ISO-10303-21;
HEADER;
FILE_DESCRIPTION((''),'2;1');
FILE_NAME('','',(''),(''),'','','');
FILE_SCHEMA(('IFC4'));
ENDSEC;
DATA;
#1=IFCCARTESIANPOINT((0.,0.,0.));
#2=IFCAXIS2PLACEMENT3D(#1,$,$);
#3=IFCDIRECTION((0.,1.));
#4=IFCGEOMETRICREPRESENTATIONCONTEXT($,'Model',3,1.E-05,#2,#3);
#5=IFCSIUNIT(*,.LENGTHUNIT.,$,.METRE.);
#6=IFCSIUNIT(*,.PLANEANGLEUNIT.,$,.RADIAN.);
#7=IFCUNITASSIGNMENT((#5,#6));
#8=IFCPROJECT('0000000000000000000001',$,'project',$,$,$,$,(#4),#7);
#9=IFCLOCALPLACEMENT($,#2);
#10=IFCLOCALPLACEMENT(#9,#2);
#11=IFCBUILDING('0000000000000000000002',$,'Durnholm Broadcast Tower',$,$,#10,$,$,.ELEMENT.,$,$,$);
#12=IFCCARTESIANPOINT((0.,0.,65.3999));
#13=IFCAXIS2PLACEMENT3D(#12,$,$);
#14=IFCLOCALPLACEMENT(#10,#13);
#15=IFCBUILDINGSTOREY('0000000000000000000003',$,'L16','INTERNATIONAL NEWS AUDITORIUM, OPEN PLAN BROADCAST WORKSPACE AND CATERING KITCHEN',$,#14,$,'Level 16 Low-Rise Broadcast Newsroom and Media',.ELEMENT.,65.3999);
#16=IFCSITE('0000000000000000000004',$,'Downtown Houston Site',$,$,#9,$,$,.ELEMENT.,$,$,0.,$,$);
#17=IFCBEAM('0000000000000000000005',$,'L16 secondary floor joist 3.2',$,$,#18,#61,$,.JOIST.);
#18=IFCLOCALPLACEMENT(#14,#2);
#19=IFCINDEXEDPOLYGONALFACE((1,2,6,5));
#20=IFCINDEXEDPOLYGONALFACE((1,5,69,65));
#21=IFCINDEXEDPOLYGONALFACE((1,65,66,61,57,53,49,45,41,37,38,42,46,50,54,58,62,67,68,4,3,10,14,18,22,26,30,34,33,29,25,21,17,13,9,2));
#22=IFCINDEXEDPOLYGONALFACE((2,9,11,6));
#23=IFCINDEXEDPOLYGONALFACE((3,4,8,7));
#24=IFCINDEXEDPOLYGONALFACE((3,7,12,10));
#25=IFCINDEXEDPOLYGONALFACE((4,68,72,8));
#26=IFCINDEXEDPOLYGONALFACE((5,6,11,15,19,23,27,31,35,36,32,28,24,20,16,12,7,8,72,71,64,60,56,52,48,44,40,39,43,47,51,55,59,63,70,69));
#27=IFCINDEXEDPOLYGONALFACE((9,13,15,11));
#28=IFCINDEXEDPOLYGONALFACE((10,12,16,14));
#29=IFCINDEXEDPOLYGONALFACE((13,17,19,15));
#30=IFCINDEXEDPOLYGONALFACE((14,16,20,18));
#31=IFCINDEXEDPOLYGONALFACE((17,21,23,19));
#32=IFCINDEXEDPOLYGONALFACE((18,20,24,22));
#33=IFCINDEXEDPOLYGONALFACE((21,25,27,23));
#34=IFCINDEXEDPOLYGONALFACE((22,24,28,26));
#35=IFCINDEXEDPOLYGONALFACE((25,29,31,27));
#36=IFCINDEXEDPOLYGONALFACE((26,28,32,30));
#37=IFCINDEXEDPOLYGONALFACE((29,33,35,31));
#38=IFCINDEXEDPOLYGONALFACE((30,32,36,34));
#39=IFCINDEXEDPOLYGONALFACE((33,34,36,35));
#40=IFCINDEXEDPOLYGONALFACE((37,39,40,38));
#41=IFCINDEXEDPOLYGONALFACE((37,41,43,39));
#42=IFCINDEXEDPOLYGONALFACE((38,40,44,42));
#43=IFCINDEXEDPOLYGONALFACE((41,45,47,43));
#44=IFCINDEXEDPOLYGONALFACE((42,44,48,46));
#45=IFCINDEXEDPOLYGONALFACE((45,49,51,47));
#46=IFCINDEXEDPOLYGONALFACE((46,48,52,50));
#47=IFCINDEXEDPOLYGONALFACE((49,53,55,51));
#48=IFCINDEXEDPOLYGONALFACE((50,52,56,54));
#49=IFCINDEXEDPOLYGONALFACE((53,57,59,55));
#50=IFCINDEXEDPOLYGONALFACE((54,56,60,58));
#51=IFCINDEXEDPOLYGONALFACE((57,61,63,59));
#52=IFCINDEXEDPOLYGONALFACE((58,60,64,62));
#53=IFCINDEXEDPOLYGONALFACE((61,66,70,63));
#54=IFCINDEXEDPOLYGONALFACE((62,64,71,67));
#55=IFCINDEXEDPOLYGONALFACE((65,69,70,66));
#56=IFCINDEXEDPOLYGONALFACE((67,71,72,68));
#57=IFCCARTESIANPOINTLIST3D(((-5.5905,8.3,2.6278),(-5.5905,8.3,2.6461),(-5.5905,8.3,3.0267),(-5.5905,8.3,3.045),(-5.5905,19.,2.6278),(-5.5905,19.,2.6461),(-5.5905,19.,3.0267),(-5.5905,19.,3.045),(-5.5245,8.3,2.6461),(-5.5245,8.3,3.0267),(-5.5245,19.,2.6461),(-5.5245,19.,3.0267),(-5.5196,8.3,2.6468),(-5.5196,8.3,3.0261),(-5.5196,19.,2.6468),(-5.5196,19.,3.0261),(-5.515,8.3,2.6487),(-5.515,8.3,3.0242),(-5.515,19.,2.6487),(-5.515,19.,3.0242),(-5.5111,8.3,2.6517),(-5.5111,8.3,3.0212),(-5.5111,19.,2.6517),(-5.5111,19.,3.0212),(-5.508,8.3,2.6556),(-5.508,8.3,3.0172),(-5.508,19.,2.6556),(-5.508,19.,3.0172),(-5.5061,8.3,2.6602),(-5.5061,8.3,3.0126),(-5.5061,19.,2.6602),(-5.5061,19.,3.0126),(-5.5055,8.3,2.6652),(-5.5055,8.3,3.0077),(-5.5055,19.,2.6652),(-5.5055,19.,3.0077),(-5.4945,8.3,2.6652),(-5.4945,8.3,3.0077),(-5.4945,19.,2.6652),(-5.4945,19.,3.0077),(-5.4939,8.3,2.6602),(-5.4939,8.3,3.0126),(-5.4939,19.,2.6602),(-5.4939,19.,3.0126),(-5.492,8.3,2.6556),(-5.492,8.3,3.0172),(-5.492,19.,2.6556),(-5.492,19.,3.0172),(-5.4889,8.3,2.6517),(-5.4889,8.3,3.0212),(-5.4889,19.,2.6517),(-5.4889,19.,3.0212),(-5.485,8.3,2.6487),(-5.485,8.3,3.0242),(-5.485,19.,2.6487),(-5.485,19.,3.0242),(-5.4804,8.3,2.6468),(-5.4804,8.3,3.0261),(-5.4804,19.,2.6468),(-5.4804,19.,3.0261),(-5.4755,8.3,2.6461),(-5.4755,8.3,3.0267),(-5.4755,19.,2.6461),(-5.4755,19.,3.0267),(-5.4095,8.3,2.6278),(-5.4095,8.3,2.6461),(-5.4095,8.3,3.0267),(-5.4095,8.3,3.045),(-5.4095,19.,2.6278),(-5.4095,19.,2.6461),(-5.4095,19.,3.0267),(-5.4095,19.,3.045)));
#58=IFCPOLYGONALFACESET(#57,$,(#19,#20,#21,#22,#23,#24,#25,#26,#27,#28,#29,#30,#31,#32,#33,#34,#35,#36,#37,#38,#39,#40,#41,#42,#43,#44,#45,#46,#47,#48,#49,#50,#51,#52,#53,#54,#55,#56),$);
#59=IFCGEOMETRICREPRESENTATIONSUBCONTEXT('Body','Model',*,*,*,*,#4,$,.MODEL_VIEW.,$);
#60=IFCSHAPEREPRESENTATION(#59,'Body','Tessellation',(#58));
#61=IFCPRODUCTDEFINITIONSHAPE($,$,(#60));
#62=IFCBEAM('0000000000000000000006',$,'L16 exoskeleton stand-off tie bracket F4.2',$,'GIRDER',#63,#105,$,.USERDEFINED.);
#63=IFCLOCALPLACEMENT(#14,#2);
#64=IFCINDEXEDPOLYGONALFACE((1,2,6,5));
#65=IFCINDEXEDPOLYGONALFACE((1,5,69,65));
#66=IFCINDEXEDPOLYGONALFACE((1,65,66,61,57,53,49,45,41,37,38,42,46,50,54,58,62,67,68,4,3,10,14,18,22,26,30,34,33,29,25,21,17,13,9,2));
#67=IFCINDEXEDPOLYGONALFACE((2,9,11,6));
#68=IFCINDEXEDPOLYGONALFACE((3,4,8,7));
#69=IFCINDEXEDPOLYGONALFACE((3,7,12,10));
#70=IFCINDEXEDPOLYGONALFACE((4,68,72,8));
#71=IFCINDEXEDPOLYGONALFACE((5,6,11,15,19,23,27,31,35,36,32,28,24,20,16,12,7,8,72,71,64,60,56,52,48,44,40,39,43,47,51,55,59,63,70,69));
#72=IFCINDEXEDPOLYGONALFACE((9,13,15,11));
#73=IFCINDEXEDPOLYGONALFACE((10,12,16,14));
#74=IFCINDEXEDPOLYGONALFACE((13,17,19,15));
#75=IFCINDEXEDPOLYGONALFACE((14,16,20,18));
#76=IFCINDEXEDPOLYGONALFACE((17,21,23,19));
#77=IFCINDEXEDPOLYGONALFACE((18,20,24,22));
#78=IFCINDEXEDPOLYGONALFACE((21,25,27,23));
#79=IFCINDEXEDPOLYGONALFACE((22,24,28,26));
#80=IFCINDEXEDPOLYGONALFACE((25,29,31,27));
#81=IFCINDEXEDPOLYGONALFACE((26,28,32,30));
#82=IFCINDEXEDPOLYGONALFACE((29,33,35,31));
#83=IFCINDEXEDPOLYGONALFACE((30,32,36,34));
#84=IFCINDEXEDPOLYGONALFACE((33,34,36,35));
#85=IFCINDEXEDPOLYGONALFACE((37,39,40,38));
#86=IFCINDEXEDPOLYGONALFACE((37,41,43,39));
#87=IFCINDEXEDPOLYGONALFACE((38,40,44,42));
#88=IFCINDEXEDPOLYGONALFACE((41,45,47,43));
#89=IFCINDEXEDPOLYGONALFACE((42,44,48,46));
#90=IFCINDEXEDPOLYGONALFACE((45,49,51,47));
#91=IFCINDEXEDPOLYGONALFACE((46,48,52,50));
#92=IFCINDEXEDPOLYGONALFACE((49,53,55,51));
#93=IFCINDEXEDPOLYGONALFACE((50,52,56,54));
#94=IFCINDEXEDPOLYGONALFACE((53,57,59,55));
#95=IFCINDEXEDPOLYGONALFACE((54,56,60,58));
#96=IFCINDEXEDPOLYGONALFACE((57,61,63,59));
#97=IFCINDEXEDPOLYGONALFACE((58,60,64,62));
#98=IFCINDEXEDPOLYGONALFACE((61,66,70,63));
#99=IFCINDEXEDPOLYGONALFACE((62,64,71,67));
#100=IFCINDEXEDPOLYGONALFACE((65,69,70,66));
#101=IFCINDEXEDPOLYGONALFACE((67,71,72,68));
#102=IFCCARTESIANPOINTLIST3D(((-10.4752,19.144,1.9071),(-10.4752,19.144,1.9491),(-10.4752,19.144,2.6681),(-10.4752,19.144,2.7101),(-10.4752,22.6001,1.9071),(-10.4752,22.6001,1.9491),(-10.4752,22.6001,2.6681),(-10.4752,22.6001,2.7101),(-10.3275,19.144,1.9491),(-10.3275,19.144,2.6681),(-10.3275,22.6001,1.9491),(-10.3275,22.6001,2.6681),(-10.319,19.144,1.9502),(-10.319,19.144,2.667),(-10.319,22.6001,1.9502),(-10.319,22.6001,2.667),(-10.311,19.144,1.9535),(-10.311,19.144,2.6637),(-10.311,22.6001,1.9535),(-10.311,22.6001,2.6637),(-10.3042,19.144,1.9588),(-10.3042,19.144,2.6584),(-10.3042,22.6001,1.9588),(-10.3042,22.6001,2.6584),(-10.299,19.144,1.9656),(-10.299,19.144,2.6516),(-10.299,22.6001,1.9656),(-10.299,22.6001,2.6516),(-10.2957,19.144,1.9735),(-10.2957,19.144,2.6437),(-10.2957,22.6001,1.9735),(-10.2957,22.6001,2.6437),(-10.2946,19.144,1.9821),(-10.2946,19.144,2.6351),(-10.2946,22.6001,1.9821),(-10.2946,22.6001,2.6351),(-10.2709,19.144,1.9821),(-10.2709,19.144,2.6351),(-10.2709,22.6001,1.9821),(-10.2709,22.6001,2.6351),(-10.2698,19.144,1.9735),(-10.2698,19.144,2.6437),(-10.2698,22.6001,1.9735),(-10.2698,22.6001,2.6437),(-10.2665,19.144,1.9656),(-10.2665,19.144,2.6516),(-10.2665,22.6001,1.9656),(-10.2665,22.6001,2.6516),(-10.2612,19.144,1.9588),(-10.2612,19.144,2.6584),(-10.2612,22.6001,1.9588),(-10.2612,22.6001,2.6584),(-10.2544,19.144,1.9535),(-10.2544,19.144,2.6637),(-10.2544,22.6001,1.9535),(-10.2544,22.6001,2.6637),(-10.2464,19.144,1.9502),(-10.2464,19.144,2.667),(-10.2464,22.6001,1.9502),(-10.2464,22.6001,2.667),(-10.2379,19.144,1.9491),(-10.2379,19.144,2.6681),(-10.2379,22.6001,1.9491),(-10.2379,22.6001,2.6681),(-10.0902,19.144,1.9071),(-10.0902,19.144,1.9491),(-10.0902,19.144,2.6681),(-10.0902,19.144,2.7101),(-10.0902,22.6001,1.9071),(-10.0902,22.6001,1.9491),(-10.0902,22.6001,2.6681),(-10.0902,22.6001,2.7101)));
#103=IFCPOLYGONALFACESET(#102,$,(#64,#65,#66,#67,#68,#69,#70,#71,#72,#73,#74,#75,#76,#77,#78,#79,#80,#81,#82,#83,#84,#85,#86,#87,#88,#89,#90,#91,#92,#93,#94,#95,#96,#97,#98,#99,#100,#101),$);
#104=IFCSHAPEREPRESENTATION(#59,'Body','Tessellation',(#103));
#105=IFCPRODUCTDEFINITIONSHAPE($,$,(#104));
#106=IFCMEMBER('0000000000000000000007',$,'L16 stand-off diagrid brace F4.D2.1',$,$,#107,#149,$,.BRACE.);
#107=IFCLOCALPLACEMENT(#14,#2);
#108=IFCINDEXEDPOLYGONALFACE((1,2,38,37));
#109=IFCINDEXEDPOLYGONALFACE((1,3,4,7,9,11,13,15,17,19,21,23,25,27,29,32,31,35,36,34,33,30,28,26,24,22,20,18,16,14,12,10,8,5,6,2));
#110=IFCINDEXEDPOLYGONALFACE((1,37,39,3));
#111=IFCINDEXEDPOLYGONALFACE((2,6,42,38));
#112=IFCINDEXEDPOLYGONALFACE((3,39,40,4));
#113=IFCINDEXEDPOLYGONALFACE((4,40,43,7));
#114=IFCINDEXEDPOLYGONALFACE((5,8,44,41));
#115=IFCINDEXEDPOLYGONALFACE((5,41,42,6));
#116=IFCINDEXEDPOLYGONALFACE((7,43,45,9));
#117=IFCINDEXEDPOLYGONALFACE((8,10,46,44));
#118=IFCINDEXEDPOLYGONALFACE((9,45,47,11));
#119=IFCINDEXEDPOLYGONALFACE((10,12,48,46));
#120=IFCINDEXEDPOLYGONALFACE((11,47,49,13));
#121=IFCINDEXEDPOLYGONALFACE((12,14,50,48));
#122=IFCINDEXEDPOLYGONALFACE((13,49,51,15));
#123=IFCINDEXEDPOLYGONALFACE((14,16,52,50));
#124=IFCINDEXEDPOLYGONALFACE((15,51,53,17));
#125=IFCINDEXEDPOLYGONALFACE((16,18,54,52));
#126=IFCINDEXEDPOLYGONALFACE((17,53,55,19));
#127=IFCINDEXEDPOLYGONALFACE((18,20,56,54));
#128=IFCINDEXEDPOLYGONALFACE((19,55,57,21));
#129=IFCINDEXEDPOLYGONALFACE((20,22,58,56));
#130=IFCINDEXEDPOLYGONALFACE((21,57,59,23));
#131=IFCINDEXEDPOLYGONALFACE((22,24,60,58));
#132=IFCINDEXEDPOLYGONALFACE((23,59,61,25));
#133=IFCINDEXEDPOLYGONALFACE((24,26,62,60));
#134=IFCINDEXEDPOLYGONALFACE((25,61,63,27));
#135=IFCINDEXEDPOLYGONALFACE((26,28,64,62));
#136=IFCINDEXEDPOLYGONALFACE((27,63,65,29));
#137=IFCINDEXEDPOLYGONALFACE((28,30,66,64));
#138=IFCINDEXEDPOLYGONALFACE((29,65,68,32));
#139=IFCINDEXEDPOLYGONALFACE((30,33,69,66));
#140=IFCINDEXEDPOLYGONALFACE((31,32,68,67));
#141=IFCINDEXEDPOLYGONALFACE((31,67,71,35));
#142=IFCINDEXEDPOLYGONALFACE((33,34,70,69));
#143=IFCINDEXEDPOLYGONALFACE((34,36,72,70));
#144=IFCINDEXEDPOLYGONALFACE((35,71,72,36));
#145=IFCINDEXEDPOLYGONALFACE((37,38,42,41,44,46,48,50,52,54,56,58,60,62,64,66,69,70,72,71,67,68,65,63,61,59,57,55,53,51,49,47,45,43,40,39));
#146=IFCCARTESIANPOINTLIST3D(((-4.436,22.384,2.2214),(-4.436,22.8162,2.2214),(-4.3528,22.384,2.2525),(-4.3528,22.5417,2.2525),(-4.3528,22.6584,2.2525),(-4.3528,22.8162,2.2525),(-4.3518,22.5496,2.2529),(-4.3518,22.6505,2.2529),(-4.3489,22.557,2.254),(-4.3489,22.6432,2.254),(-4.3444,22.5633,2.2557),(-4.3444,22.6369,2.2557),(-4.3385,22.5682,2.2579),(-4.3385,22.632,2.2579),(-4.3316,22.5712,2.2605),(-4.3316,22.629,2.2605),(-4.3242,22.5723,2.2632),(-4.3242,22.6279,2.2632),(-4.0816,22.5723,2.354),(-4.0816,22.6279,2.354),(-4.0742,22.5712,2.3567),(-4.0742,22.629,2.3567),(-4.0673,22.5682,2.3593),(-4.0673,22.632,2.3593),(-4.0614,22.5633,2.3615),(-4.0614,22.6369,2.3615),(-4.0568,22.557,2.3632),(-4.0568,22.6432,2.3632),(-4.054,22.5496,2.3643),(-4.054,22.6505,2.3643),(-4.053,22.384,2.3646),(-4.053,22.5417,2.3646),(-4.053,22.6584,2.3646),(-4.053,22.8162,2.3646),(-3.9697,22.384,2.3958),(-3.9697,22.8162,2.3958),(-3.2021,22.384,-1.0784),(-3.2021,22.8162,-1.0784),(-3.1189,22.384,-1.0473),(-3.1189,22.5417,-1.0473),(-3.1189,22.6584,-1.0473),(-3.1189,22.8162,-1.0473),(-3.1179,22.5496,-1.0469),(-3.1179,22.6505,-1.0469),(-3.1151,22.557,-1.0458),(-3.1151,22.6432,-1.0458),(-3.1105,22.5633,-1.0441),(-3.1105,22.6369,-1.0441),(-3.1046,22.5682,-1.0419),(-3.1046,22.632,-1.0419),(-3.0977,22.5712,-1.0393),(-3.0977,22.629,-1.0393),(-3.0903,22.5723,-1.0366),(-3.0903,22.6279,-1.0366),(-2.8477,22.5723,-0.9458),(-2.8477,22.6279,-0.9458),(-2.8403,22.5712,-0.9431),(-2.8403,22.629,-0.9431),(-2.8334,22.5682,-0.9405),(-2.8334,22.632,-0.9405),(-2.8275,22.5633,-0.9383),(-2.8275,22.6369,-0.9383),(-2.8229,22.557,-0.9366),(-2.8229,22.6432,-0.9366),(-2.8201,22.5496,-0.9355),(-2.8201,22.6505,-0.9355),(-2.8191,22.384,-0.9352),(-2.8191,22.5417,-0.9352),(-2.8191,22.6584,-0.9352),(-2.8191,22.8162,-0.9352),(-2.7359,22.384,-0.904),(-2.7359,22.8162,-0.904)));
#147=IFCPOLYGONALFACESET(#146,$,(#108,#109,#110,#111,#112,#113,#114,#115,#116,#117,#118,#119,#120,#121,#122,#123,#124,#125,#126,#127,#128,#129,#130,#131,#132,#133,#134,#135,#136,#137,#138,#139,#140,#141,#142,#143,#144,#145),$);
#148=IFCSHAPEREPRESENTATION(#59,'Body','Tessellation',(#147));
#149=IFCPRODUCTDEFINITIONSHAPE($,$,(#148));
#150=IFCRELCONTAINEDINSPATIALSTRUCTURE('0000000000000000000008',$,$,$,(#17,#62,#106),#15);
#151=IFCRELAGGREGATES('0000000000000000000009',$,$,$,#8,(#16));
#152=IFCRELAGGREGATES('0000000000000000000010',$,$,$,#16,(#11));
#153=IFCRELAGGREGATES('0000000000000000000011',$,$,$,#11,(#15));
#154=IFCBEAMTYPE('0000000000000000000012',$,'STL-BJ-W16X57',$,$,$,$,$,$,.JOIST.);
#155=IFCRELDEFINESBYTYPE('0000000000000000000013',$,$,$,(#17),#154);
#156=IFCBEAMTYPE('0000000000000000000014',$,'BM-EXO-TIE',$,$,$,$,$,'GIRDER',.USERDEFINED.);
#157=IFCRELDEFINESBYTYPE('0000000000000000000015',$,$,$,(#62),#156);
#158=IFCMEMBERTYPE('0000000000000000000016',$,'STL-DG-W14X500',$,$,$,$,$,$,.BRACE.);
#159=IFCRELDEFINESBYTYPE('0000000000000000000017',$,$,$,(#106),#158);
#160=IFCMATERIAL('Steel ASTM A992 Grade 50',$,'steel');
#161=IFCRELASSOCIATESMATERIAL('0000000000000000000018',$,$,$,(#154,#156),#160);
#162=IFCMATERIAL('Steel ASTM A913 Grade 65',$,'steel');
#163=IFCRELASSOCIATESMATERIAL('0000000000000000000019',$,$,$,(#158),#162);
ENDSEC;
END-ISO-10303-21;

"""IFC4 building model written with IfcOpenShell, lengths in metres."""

from ifc_helpers import new_model, si_unit, direction, frame, origin, origin_2d, place, context, subcontext, project, spatial, i_section, extrude, source, transform, mapped, material, material_profile, profile_set, type_object, type_shapes, element, save


model = new_model("IFC4")

# Units and contexts
model_context = context("Model", 3, precision=1e-05, world=origin(), true_north=direction((0.0, 1.0)))
body_context = subcontext(model_context, "Body", "Model", "MODEL_VIEW")
ifc_project = project(units=[si_unit("LENGTHUNIT", "METRE"), si_unit("PLANEANGLEUNIT", "RADIAN")], contexts=[model_context])

# Site, building, storey
site_placement = place(None, origin())
site = spatial("IfcSite", under=ifc_project, at=site_placement, Name="Downtown Houston Site", CompositionType="ELEMENT", RefElevation=0.0)
building_placement = place(site_placement, origin())
building = spatial("IfcBuilding", under=site, at=building_placement, Name="Durnholm Broadcast Tower", CompositionType="ELEMENT")
storey_placement = place(building_placement, frame((0.0, 0.0, 65.3999)))
storey = spatial("IfcBuildingStorey", under=building, at=storey_placement, Name="L16", Description="INTERNATIONAL NEWS AUDITORIUM, OPEN PLAN BROADCAST WORKSPACE AND CATERING KITCHEN", LongName="Level 16 Low-Rise Broadcast Newsroom and Media", CompositionType="ELEMENT", Elevation=65.3999)

# Beams
ifc_material_1 = material(Name="Steel ASTM A992 Grade 50", Category="steel")
ifc_material_profile_1 = material_profile(ifc_material_1, i_section(OverallWidth=0.1809, OverallDepth=0.4172, WebThickness=0.011, FlangeThickness=0.0183, FilletRadius=0.019, at=origin_2d()), Name="W16X57")
ifc_profile_set_1 = profile_set([ifc_material_profile_1], Name="Steel ASTM A992 Grade 50")
beam_type_1 = type_object("IfcBeamType", Name="STL-BJ-W16X57", PredefinedType="JOIST", material=ifc_profile_set_1)
shared_shape_1 = source(origin(), body_context, "Body", "SweptSolid", [
    extrude(i_section(OverallWidth=0.1809, OverallDepth=0.4172, WebThickness=0.011, FlangeThickness=0.0183, FilletRadius=0.019, at=origin_2d()), origin(), (0.0, 0.0, 1.0), 10.7),
])
type_shapes(beam_type_1, [shared_shape_1])
beam_1_placement = place(storey_placement, frame((-5.5, 8.3, 2.8364), z_axis=(0.0, 1.0, 0.0), x_axis=(-1.0, 0.0, 0.0)))
element("IfcBeam", 1, at=beam_1_placement, inside=storey, type_object=beam_type_1, Name="L16 secondary floor joist 3.2", PredefinedType="JOIST", context=body_context, shape_type="MappedRepresentation", body=[
    mapped(shared_shape_1, transform((0.0, 0.0, 0.0), x_axis=(1.0, 0.0, 0.0), y_axis=(0.0, 1.0, 0.0), z_axis=(0.0, 0.0, 1.0), scale=1.0)),
])
ifc_material_profile_2 = material_profile(ifc_material_1, i_section(OverallWidth=0.385, OverallDepth=0.803, WebThickness=0.0237, FlangeThickness=0.042, FilletRadius=0.033, at=origin_2d()), Name="W30X261")
ifc_profile_set_2 = profile_set([ifc_material_profile_2], Name="Steel ASTM A992 Grade 50")
beam_type_2 = type_object("IfcBeamType", Name="BM-EXO-TIE", ElementType="GIRDER", PredefinedType="USERDEFINED", material=ifc_profile_set_2)
shared_shape_2 = source(origin(), body_context, "Body", "SweptSolid", [
    extrude(i_section(OverallWidth=0.385, OverallDepth=0.803, WebThickness=0.0237, FlangeThickness=0.042, FilletRadius=0.033, at=origin_2d()), origin(), (0.0, 0.0, 1.0), 3.4561),
])
type_shapes(beam_type_2, [shared_shape_2])
beam_2_placement = place(storey_placement, frame((-10.2827, 19.144, 2.3086), z_axis=(0.0, 1.0, 0.0), x_axis=(-1.0, 0.0, 0.0)))
element("IfcBeam", 2, at=beam_2_placement, inside=storey, type_object=beam_type_2, Name="L16 exoskeleton stand-off tie bracket F4.2", ObjectType="GIRDER", PredefinedType="USERDEFINED", context=body_context, shape_type="MappedRepresentation", body=[
    mapped(shared_shape_2, transform((0.0, 0.0, 0.0), x_axis=(1.0, 0.0, 0.0), y_axis=(0.0, 1.0, 0.0), z_axis=(0.0, 0.0, 1.0), scale=1.0)),
])

# Member
ifc_material_2 = material(Name="Steel ASTM A913 Grade 65", Category="steel")
ifc_material_profile_3 = material_profile(ifc_material_2, i_section(OverallWidth=0.4321, OverallDepth=0.4978, WebThickness=0.0557, FlangeThickness=0.0889, FilletRadius=0.0305, at=origin_2d()), Name="W14X500")
ifc_profile_set_3 = profile_set([ifc_material_profile_3], Name="Steel ASTM A913 Grade 65")
member_type_1 = type_object("IfcMemberType", Name="STL-DG-W14X500", PredefinedType="BRACE", material=ifc_profile_set_3)
shared_shape_3 = source(origin(), body_context, "Body", "SweptSolid", [
    extrude(i_section(OverallWidth=0.4321, OverallDepth=0.4978, WebThickness=0.0557, FlangeThickness=0.0889, FilletRadius=0.0305, at=origin_2d()), origin(), (0.0, 0.0, 1.0), 3.5229),
])
type_shapes(member_type_1, [shared_shape_3])
for number, where, z_axis, x_axis, name in (
    (3, (-2.969, 22.6001, -0.9912), (-0.350242, 0.0, 0.936659), (0.0, -1.0, 0.0), "L16 stand-off diagrid brace F4.D2.1"),
):
    element("IfcMember", number, at=place(storey_placement, frame(where, z_axis=z_axis, x_axis=x_axis)), inside=storey, type_object=member_type_1, Name=name, PredefinedType="BRACE", context=body_context, shape_type="MappedRepresentation", body=[
        mapped(shared_shape_3, transform((0.0, 0.0, 0.0), x_axis=(1.0, 0.0, 0.0), y_axis=(0.0, 1.0, 0.0), z_axis=(0.0, 0.0, 1.0), scale=1.0)),
    ])

save(model, "model.ifc")
